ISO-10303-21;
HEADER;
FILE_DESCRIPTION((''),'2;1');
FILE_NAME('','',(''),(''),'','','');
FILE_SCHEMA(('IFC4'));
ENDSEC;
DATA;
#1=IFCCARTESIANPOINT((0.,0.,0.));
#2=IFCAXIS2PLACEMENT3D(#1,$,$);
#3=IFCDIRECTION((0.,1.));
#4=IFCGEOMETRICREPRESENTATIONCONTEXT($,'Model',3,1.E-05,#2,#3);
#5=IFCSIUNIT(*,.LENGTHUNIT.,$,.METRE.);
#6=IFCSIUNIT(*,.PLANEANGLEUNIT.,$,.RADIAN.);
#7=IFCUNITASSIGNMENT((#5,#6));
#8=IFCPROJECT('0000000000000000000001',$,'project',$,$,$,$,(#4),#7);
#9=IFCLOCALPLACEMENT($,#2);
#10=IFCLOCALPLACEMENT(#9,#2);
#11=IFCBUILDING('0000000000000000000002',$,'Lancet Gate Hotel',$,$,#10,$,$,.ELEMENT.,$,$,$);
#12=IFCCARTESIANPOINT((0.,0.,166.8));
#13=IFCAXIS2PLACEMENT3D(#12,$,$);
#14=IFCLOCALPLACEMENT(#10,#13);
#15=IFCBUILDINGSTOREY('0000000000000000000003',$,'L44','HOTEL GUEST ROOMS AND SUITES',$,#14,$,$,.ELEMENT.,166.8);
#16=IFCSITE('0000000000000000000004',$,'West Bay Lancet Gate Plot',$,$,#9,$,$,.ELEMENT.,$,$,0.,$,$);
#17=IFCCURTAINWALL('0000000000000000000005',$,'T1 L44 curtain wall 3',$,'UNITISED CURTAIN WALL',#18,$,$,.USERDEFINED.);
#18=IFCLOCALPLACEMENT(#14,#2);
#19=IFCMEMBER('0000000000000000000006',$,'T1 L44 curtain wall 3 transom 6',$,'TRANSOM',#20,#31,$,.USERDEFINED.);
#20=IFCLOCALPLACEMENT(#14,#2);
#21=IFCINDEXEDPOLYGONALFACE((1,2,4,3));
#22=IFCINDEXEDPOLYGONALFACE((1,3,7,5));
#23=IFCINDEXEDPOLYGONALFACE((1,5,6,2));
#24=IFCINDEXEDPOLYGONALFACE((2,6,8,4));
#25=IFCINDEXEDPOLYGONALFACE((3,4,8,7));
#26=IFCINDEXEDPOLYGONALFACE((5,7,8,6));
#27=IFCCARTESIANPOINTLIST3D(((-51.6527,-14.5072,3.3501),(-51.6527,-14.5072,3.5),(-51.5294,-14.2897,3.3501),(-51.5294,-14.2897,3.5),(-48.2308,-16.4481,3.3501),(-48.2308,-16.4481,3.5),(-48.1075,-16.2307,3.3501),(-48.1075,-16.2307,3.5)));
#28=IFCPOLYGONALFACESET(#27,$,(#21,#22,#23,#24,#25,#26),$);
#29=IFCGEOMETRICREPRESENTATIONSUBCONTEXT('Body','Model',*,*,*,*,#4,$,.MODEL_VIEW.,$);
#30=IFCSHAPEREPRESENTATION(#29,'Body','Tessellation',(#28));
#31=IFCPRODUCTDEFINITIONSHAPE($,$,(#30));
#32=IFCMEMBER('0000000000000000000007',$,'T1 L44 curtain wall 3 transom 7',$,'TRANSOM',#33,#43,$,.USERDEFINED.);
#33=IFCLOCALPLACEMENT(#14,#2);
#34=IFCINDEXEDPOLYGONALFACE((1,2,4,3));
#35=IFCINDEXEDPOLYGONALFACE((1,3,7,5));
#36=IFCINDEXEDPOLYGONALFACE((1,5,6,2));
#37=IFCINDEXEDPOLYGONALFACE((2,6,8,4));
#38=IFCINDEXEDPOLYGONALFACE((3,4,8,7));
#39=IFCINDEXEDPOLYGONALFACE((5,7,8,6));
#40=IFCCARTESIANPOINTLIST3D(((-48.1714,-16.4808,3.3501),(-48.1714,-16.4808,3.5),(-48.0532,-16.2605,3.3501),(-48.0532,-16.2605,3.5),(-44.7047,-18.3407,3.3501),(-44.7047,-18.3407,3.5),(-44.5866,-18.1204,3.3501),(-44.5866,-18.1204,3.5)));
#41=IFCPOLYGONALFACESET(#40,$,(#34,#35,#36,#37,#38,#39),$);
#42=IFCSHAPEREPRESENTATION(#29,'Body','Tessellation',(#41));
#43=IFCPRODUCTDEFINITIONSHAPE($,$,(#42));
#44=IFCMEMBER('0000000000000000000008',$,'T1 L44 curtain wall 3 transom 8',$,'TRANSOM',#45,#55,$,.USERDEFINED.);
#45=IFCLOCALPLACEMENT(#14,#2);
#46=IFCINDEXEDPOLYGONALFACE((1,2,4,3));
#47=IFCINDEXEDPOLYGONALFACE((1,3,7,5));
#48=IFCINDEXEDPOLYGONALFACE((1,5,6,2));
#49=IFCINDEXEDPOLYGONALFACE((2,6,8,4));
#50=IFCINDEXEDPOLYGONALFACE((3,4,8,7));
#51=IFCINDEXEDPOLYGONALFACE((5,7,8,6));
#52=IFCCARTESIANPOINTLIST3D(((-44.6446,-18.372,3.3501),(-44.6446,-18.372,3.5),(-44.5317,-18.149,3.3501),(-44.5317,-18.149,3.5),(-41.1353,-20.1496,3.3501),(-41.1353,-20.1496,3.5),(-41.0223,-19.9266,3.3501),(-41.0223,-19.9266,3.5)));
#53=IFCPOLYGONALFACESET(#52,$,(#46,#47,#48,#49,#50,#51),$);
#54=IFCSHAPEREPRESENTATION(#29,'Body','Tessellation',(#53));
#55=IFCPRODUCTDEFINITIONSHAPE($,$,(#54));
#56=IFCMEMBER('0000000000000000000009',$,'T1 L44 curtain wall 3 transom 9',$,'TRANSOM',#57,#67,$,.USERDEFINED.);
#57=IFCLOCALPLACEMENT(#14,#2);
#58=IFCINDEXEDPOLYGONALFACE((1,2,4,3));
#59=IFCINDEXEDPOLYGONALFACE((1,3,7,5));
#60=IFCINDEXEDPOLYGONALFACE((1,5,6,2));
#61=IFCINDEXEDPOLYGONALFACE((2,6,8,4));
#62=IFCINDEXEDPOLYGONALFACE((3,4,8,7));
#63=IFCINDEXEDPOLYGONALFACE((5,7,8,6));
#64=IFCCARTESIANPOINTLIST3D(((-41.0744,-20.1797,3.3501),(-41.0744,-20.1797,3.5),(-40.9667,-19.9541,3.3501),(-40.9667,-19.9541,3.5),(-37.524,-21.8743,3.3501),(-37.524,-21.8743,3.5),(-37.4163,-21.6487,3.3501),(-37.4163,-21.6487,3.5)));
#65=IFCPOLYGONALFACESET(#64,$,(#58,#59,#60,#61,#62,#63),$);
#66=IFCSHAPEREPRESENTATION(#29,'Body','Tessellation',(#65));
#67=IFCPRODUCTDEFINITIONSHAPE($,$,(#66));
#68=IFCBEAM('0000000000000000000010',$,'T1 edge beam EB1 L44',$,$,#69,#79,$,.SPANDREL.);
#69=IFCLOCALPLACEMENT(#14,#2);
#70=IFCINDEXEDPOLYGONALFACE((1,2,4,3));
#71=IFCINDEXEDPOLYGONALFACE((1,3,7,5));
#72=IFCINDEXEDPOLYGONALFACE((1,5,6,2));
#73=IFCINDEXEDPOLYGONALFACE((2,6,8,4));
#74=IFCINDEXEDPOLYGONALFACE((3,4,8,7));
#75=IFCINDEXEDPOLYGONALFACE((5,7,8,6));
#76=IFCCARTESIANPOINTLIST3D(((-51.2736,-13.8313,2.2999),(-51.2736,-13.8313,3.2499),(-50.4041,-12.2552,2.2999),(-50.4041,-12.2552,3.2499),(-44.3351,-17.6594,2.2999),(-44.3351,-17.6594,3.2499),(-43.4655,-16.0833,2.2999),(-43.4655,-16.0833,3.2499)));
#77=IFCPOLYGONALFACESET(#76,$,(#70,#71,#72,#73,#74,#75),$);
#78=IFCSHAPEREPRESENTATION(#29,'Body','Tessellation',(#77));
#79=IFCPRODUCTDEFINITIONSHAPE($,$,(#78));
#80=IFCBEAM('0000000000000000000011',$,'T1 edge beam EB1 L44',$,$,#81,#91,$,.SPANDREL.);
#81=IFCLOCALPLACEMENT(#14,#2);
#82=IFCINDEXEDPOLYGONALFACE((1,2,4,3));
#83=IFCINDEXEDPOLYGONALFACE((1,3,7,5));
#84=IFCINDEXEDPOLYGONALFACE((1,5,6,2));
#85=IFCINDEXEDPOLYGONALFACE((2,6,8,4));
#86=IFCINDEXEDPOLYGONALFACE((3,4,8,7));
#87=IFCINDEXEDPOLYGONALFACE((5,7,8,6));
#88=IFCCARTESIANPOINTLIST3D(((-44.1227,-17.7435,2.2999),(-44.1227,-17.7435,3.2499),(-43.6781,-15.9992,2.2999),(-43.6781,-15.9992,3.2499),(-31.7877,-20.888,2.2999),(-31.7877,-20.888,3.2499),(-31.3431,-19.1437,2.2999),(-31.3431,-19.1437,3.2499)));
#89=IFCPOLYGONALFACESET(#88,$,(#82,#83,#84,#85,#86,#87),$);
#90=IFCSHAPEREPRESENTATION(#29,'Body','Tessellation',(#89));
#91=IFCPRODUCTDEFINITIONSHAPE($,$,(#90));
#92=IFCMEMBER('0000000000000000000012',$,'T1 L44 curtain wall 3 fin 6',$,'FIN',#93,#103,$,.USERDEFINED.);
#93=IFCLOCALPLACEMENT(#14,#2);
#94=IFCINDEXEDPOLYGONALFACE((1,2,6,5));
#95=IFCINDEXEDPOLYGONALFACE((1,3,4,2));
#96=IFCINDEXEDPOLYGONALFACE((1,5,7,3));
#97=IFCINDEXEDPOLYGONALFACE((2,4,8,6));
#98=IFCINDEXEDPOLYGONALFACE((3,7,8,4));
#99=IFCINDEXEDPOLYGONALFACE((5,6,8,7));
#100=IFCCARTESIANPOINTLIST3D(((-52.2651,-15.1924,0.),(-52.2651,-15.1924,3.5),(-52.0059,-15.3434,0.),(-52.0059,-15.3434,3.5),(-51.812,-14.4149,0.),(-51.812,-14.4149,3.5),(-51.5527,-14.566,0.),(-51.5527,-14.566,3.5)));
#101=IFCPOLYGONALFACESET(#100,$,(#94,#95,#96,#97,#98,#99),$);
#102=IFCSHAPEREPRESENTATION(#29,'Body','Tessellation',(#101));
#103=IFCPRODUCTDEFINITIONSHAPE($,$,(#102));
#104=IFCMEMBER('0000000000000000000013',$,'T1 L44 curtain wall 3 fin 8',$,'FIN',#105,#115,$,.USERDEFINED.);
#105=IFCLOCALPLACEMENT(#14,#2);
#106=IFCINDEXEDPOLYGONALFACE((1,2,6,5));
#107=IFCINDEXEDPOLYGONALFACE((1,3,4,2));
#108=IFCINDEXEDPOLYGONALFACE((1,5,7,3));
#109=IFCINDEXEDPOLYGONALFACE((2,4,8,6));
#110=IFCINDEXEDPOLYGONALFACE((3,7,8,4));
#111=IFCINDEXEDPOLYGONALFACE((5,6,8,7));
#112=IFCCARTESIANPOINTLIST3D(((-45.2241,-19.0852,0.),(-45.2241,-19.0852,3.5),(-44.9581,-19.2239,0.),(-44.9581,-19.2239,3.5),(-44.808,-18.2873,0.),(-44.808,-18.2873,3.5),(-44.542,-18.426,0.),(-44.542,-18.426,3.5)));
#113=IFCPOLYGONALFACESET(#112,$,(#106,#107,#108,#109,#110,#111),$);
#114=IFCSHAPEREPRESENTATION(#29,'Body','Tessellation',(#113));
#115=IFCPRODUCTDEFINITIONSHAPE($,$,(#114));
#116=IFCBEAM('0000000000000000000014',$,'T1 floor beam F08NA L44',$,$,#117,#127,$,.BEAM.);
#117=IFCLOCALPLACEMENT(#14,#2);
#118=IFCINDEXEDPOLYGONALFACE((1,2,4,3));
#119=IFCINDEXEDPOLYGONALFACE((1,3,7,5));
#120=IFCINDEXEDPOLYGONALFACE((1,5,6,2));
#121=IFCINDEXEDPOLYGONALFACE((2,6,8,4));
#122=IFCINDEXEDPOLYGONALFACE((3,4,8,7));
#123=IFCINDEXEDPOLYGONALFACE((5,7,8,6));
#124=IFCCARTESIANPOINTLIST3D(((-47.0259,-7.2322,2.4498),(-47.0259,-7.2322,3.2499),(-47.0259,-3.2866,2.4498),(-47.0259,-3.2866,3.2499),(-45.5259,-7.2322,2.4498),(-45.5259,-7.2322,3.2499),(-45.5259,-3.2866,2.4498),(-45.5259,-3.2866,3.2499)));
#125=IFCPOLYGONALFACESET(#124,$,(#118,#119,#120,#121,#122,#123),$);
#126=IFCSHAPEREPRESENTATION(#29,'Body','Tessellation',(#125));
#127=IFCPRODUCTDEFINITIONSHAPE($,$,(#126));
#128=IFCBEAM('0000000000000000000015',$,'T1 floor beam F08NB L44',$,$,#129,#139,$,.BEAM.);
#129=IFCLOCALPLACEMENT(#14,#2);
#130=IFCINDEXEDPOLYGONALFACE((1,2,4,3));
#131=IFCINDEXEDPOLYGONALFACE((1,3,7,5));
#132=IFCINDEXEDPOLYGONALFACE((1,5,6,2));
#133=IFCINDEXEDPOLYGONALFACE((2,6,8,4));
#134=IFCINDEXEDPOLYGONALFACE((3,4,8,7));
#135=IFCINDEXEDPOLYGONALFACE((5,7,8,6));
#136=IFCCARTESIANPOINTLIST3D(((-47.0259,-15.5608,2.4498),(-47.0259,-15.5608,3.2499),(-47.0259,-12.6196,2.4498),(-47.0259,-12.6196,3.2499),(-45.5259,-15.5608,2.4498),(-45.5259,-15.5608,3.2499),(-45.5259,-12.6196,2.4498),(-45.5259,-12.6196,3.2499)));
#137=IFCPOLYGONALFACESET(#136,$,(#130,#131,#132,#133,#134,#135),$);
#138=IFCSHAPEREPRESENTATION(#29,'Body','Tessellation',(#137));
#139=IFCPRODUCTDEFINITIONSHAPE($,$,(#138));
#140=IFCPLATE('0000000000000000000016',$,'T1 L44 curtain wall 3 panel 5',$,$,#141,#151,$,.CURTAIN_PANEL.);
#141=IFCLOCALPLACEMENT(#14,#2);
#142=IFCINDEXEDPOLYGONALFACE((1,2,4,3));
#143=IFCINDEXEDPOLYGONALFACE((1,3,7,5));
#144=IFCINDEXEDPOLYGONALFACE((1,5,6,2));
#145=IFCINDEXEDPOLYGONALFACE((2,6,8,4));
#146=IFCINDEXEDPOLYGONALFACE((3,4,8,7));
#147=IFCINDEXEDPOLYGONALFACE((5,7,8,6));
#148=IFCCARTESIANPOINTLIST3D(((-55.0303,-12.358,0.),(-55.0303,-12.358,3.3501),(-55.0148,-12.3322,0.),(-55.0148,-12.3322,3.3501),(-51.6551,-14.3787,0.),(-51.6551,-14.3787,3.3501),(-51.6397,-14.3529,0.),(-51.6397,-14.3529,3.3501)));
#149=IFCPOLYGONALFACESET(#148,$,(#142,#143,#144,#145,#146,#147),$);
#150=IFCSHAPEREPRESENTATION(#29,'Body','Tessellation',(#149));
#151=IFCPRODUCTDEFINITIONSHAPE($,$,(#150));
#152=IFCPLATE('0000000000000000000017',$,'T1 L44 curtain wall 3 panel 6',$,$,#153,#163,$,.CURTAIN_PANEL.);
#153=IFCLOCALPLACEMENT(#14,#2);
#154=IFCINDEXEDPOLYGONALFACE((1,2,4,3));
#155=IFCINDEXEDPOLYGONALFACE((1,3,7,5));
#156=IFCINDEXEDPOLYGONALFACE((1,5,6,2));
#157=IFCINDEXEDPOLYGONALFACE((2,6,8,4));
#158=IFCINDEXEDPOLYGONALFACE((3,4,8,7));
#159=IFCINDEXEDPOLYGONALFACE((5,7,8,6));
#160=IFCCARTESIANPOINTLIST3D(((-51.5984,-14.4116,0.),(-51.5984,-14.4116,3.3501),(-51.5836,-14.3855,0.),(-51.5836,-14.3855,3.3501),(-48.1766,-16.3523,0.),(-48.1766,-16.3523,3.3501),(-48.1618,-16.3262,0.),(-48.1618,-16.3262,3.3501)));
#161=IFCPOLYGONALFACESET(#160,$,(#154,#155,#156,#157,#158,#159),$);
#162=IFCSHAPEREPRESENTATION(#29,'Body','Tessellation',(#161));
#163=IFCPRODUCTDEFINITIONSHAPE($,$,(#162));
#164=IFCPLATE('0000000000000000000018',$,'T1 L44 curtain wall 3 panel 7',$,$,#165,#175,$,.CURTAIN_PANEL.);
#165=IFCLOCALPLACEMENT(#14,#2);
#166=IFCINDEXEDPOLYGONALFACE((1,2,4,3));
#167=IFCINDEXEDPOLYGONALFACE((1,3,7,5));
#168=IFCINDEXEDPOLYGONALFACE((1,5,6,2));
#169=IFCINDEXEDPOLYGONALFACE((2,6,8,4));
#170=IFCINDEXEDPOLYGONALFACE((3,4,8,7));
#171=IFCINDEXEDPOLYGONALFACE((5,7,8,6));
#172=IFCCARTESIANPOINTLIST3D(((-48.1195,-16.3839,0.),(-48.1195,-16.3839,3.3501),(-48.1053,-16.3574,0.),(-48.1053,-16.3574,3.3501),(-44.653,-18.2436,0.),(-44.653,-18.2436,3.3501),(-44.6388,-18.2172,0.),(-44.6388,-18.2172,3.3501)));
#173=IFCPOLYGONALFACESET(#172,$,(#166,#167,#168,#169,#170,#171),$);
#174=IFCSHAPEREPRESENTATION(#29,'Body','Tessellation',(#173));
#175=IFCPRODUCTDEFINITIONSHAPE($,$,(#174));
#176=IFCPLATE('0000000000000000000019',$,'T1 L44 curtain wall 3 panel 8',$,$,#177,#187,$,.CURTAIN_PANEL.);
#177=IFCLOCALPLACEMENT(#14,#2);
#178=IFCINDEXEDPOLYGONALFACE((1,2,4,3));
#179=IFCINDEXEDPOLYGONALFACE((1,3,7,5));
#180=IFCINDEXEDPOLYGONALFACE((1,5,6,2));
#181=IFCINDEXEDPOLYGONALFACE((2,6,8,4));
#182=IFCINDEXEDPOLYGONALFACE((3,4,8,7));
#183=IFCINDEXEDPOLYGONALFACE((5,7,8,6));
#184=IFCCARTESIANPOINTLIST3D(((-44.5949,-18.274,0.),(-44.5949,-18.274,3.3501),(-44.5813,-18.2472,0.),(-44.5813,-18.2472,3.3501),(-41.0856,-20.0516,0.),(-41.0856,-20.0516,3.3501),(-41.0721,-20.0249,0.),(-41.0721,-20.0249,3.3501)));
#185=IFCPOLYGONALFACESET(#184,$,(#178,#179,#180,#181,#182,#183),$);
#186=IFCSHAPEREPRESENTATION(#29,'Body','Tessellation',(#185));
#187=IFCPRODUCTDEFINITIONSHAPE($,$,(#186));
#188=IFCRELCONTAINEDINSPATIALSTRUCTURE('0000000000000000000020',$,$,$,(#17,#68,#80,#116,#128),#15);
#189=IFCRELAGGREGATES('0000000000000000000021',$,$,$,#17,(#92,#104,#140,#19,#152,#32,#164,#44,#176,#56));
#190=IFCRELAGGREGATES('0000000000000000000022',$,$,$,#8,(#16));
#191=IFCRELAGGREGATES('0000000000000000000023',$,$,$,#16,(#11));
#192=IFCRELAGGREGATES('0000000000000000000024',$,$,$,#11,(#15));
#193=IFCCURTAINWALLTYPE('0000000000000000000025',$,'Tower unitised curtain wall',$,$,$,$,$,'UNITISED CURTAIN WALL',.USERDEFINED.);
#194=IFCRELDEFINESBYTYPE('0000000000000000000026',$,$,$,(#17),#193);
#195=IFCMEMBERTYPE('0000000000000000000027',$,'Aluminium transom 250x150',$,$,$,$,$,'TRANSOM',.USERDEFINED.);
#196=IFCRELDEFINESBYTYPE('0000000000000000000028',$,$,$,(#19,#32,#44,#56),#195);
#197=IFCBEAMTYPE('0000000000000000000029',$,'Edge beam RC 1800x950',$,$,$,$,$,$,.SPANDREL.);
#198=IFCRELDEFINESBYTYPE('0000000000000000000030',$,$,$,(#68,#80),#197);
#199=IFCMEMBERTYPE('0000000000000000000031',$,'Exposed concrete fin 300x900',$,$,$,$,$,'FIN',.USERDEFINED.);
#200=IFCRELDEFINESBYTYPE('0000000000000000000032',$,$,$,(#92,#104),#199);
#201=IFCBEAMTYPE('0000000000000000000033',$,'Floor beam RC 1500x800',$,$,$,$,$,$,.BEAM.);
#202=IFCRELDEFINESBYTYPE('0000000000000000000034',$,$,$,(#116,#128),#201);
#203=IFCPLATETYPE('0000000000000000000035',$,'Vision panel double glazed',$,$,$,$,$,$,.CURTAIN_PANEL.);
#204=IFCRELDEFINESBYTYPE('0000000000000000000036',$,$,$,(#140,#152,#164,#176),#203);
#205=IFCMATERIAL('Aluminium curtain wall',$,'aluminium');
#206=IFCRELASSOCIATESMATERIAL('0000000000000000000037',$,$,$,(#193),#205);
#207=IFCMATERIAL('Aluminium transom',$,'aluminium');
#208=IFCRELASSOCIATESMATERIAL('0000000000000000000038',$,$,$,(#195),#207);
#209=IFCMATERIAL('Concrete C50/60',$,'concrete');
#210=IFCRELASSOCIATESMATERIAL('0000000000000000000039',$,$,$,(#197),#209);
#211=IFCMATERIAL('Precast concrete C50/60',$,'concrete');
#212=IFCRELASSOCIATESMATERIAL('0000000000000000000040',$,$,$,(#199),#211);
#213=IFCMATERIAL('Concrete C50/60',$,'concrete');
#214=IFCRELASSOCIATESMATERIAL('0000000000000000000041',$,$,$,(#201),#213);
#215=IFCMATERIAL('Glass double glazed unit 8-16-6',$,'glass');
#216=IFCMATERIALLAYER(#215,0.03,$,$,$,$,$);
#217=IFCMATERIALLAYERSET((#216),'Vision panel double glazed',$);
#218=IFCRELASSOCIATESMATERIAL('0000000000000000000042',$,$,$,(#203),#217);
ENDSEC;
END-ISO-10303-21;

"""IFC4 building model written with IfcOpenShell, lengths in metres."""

from ifc_helpers import new_model, si_unit, direction, frame, origin, origin_2d, place, context, subcontext, project, spatial, rectangle, extrude, material, layer, layer_set, material_profile, profile_set, type_object, element, aggregate, save


model = new_model("IFC4")

# Units and contexts
model_context = context("Model", 3, precision=1e-05, world=origin(), true_north=direction((0.0, 1.0)))
body_context = subcontext(model_context, "Body", "Model", "MODEL_VIEW")
ifc_project = project(units=[si_unit("LENGTHUNIT", "METRE"), si_unit("PLANEANGLEUNIT", "RADIAN")], contexts=[model_context])

# Site, building, storey
site_placement = place(None, origin())
site = spatial("IfcSite", under=ifc_project, at=site_placement, Name="West Bay Lancet Gate Plot", CompositionType="ELEMENT", RefElevation=0.0)
building_placement = place(site_placement, origin())
building = spatial("IfcBuilding", under=site, at=building_placement, Name="Lancet Gate Hotel", CompositionType="ELEMENT")
storey_placement = place(building_placement, frame((0.0, 0.0, 166.8)))
storey = spatial("IfcBuildingStorey", under=building, at=storey_placement, Name="L44", Description="HOTEL GUEST ROOMS AND SUITES", CompositionType="ELEMENT", Elevation=166.8)

# Curtain wall, members
ifc_material_1 = material(Name="Aluminium curtain wall", Category="aluminium")
curtain_wall_type = type_object("IfcCurtainWallType", Name="Tower unitised curtain wall", ElementType="UNITISED CURTAIN WALL", PredefinedType="USERDEFINED", material=ifc_material_1)
curtain_wall_placement = place(storey_placement, origin())
curtain_wall = element("IfcCurtainWall", 1, at=curtain_wall_placement, inside=storey, type_object=curtain_wall_type, Name="T1 L44 curtain wall 3", ObjectType="UNITISED CURTAIN WALL", PredefinedType="USERDEFINED")
ifc_material_2 = material(Name="Aluminium transom", Category="aluminium")
ifc_material_profile_1 = material_profile(ifc_material_2, rectangle(XDim=0.25, YDim=0.1499, at=origin_2d()), Name="TRANSOM 250x150")
ifc_profile_set_1 = profile_set([ifc_material_profile_1], Name="Aluminium transom")
member_type_1 = type_object("IfcMemberType", Name="Aluminium transom 250x150", ElementType="TRANSOM", PredefinedType="USERDEFINED", material=ifc_profile_set_1)
member_1_placement = place(storey_placement, frame((-51.5911, -14.3984, 3.425), z_axis=(0.86982, -0.49337, 0.0), x_axis=(0.49337, 0.86982, 0.0)))
member_1 = element("IfcMember", 2, at=member_1_placement, type_object=member_type_1, Name="T1 L44 curtain wall 3 transom 6", ObjectType="TRANSOM", PredefinedType="USERDEFINED", context=body_context, shape_type="SweptSolid", body=[
    extrude(rectangle(XDim=0.25, YDim=0.1499, at=origin_2d()), origin(), (0.0, 0.0, 1.0), 3.9341),
])
member_2_placement = place(storey_placement, frame((-48.1123, -16.3706, 3.425), z_axis=(0.881185, -0.472771, 0.0), x_axis=(0.472771, 0.881185, 0.0)))
member_2 = element("IfcMember", 3, at=member_2_placement, type_object=member_type_1, Name="T1 L44 curtain wall 3 transom 7", ObjectType="TRANSOM", PredefinedType="USERDEFINED", context=body_context, shape_type="SweptSolid", body=[
    extrude(rectangle(XDim=0.25, YDim=0.1499, at=origin_2d()), origin(), (0.0, 0.0, 1.0), 3.9341),
])
member_3_placement = place(storey_placement, frame((-44.5881, -18.2605, 3.425), z_axis=(0.892081, -0.451875, 0.0), x_axis=(0.451875, 0.892081, 0.0)))
member_3 = element("IfcMember", 4, at=member_3_placement, type_object=member_type_1, Name="T1 L44 curtain wall 3 transom 8", ObjectType="TRANSOM", PredefinedType="USERDEFINED", context=body_context, shape_type="SweptSolid", body=[
    extrude(rectangle(XDim=0.25, YDim=0.1499, at=origin_2d()), origin(), (0.0, 0.0, 1.0), 3.9338),
])
member_4_placement = place(storey_placement, frame((-41.0205, -20.0669, 3.425), z_axis=(0.902469, -0.430755, 0.0), x_axis=(0.430755, 0.902469, 0.0)))
member_4 = element("IfcMember", 5, at=member_4_placement, type_object=member_type_1, Name="T1 L44 curtain wall 3 transom 9", ObjectType="TRANSOM", PredefinedType="USERDEFINED", context=body_context, shape_type="SweptSolid", body=[
    extrude(rectangle(XDim=0.25, YDim=0.1499, at=origin_2d()), origin(), (0.0, 0.0, 1.0), 3.9341),
])

# Beams
ifc_material_3 = material(Name="Concrete C50/60", Category="concrete")
ifc_material_profile_2 = material_profile(ifc_material_3, rectangle(XDim=1.8, YDim=0.95, at=origin_2d()), Name="RC 1800x950")
ifc_profile_set_2 = profile_set([ifc_material_profile_2], Name="Concrete C50/60")
beam_type_1 = type_object("IfcBeamType", Name="Edge beam RC 1800x950", PredefinedType="SPANDREL", material=ifc_profile_set_2)
beam_1_placement = place(storey_placement, frame((-50.8389, -13.0432, 2.7749), z_axis=(0.875578, -0.483077, 0.0), x_axis=(0.483077, 0.875578, 0.0)))
element("IfcBeam", 6, at=beam_1_placement, inside=storey, type_object=beam_type_1, Name="T1 edge beam EB1 L44", PredefinedType="SPANDREL", context=body_context, shape_type="SweptSolid", body=[
    extrude(rectangle(XDim=1.8, YDim=0.95, at=origin_2d()), origin(), (0.0, 0.0, 1.0), 7.9246),
])
beam_2_placement = place(storey_placement, frame((-43.9004, -16.8713, 2.7749), z_axis=(0.969008, -0.247028, 0.0), x_axis=(0.247028, 0.969008, 0.0)))
element("IfcBeam", 7, at=beam_2_placement, inside=storey, type_object=beam_type_1, Name="T1 edge beam EB1 L44", PredefinedType="SPANDREL", context=body_context, shape_type="SweptSolid", body=[
    extrude(rectangle(XDim=1.8, YDim=0.95, at=origin_2d()), origin(), (0.0, 0.0, 1.0), 12.7295),
])

# Members
ifc_material_4 = material(Name="Precast concrete C50/60", Category="concrete")
ifc_material_profile_3 = material_profile(ifc_material_4, rectangle(XDim=0.3, YDim=0.8999, at=origin_2d()), Name="FIN 300x900")
ifc_profile_set_3 = profile_set([ifc_material_profile_3], Name="Precast concrete C50/60")
member_type_2 = type_object("IfcMemberType", Name="Exposed concrete fin 300x900", ElementType="FIN", PredefinedType="USERDEFINED", material=ifc_profile_set_3)
member_5_placement = place(storey_placement, frame((-51.9089, -14.8792, 0.0), z_axis=(0.0, 0.0, 1.0), x_axis=(0.863969, -0.503545, 0.0)))
member_5 = element("IfcMember", 8, at=member_5_placement, type_object=member_type_2, Name="T1 L44 curtain wall 3 fin 6", ObjectType="FIN", PredefinedType="USERDEFINED", context=body_context, shape_type="SweptSolid", body=[
    extrude(rectangle(XDim=0.3, YDim=0.8999, at=origin_2d()), origin(), (0.0, 0.0, 1.0), 3.5),
])
member_6_placement = place(storey_placement, frame((-44.8831, -18.7556, 0.0), z_axis=(0.0, 0.0, 1.0), x_axis=(0.886694, -0.462356, 0.0)))
member_6 = element("IfcMember", 9, at=member_6_placement, type_object=member_type_2, Name="T1 L44 curtain wall 3 fin 8", ObjectType="FIN", PredefinedType="USERDEFINED", context=body_context, shape_type="SweptSolid", body=[
    extrude(rectangle(XDim=0.3, YDim=0.8999, at=origin_2d()), origin(), (0.0, 0.0, 1.0), 3.5),
])

# Beams
ifc_material_5 = material(Name="Concrete C50/60", Category="concrete")
ifc_material_profile_4 = material_profile(ifc_material_5, rectangle(XDim=1.5, YDim=0.8, at=origin_2d()), Name="RC 1500x800")
ifc_profile_set_4 = profile_set([ifc_material_profile_4], Name="Concrete C50/60")
beam_type_2 = type_object("IfcBeamType", Name="Floor beam RC 1500x800", PredefinedType="BEAM", material=ifc_profile_set_4)
beam_3_placement = place(storey_placement, frame((-46.2759, -3.2866, 2.8499), z_axis=(0.0, -1.0, 0.0), x_axis=(1.0, 0.0, 0.0)))
element("IfcBeam", 10, at=beam_3_placement, inside=storey, type_object=beam_type_2, Name="T1 floor beam F08NA L44", PredefinedType="BEAM", context=body_context, shape_type="SweptSolid", body=[
    extrude(rectangle(XDim=1.5, YDim=0.8, at=origin_2d()), origin(), (0.0, 0.0, 1.0), 3.9456),
])
beam_4_placement = place(storey_placement, frame((-46.2759, -12.6196, 2.8499), z_axis=(0.0, -1.0, 0.0), x_axis=(1.0, 0.0, 0.0)))
element("IfcBeam", 11, at=beam_4_placement, inside=storey, type_object=beam_type_2, Name="T1 floor beam F08NB L44", PredefinedType="BEAM", context=body_context, shape_type="SweptSolid", body=[
    extrude(rectangle(XDim=1.5, YDim=0.8, at=origin_2d()), origin(), (0.0, 0.0, 1.0), 2.9412),
])

# Plates
ifc_material_6 = material(Name="Glass double glazed unit 8-16-6", Category="glass")
ifc_layer_1 = layer(ifc_material_6, 0.03)
ifc_layer_set_1 = layer_set([ifc_layer_1], Name="Vision panel double glazed")
plate_type = type_object("IfcPlateType", Name="Vision panel double glazed", PredefinedType="CURTAIN_PANEL", material=ifc_layer_set_1)
plate_1_placement = place(storey_placement, frame((-53.335, -13.3555, 0.0), z_axis=(0.0, 0.0, 1.0), x_axis=(0.857987, -0.513672, 0.0)))
plate_1 = element("IfcPlate", 12, at=plate_1_placement, type_object=plate_type, Name="T1 L44 curtain wall 3 panel 5", PredefinedType="CURTAIN_PANEL", context=body_context, shape_type="SweptSolid", body=[
    extrude(rectangle(XDim=3.9338, YDim=0.03, at=origin_2d()), origin(), (0.0, 0.0, 1.0), 3.3501),
])
plate_2_placement = place(storey_placement, frame((-49.8801, -15.3689, 0.0), z_axis=(0.0, 0.0, 1.0), x_axis=(0.869831, -0.493349, 0.0)))
plate_2 = element("IfcPlate", 13, at=plate_2_placement, type_object=plate_type, Name="T1 L44 curtain wall 3 panel 6", PredefinedType="CURTAIN_PANEL", context=body_context, shape_type="SweptSolid", body=[
    extrude(rectangle(XDim=3.9338, YDim=0.03, at=origin_2d()), origin(), (0.0, 0.0, 1.0), 3.3501),
])
plate_3_placement = place(storey_placement, frame((-46.3792, -17.3005, 0.0), z_axis=(0.0, 0.0, 1.0), x_axis=(0.881195, -0.472753, 0.0)))
plate_3 = element("IfcPlate", 14, at=plate_3_placement, type_object=plate_type, Name="T1 L44 curtain wall 3 panel 7", PredefinedType="CURTAIN_PANEL", context=body_context, shape_type="SweptSolid", body=[
    extrude(rectangle(XDim=3.9338, YDim=0.03, at=origin_2d()), origin(), (0.0, 0.0, 1.0), 3.3501),
])
plate_4_placement = place(storey_placement, frame((-42.8335, -19.1494, 0.0), z_axis=(0.0, 0.0, 1.0), x_axis=(0.892071, -0.451895, 0.0)))
plate_4 = element("IfcPlate", 15, at=plate_4_placement, type_object=plate_type, Name="T1 L44 curtain wall 3 panel 8", PredefinedType="CURTAIN_PANEL", context=body_context, shape_type="SweptSolid", body=[
    extrude(rectangle(XDim=3.9338, YDim=0.03, at=origin_2d()), origin(), (0.0, 0.0, 1.0), 3.3501),
])
aggregate(curtain_wall, [member_5, member_6, plate_1, member_1, plate_2, member_2, plate_3, member_3, plate_4, member_4])

save(model, "model.ifc")
